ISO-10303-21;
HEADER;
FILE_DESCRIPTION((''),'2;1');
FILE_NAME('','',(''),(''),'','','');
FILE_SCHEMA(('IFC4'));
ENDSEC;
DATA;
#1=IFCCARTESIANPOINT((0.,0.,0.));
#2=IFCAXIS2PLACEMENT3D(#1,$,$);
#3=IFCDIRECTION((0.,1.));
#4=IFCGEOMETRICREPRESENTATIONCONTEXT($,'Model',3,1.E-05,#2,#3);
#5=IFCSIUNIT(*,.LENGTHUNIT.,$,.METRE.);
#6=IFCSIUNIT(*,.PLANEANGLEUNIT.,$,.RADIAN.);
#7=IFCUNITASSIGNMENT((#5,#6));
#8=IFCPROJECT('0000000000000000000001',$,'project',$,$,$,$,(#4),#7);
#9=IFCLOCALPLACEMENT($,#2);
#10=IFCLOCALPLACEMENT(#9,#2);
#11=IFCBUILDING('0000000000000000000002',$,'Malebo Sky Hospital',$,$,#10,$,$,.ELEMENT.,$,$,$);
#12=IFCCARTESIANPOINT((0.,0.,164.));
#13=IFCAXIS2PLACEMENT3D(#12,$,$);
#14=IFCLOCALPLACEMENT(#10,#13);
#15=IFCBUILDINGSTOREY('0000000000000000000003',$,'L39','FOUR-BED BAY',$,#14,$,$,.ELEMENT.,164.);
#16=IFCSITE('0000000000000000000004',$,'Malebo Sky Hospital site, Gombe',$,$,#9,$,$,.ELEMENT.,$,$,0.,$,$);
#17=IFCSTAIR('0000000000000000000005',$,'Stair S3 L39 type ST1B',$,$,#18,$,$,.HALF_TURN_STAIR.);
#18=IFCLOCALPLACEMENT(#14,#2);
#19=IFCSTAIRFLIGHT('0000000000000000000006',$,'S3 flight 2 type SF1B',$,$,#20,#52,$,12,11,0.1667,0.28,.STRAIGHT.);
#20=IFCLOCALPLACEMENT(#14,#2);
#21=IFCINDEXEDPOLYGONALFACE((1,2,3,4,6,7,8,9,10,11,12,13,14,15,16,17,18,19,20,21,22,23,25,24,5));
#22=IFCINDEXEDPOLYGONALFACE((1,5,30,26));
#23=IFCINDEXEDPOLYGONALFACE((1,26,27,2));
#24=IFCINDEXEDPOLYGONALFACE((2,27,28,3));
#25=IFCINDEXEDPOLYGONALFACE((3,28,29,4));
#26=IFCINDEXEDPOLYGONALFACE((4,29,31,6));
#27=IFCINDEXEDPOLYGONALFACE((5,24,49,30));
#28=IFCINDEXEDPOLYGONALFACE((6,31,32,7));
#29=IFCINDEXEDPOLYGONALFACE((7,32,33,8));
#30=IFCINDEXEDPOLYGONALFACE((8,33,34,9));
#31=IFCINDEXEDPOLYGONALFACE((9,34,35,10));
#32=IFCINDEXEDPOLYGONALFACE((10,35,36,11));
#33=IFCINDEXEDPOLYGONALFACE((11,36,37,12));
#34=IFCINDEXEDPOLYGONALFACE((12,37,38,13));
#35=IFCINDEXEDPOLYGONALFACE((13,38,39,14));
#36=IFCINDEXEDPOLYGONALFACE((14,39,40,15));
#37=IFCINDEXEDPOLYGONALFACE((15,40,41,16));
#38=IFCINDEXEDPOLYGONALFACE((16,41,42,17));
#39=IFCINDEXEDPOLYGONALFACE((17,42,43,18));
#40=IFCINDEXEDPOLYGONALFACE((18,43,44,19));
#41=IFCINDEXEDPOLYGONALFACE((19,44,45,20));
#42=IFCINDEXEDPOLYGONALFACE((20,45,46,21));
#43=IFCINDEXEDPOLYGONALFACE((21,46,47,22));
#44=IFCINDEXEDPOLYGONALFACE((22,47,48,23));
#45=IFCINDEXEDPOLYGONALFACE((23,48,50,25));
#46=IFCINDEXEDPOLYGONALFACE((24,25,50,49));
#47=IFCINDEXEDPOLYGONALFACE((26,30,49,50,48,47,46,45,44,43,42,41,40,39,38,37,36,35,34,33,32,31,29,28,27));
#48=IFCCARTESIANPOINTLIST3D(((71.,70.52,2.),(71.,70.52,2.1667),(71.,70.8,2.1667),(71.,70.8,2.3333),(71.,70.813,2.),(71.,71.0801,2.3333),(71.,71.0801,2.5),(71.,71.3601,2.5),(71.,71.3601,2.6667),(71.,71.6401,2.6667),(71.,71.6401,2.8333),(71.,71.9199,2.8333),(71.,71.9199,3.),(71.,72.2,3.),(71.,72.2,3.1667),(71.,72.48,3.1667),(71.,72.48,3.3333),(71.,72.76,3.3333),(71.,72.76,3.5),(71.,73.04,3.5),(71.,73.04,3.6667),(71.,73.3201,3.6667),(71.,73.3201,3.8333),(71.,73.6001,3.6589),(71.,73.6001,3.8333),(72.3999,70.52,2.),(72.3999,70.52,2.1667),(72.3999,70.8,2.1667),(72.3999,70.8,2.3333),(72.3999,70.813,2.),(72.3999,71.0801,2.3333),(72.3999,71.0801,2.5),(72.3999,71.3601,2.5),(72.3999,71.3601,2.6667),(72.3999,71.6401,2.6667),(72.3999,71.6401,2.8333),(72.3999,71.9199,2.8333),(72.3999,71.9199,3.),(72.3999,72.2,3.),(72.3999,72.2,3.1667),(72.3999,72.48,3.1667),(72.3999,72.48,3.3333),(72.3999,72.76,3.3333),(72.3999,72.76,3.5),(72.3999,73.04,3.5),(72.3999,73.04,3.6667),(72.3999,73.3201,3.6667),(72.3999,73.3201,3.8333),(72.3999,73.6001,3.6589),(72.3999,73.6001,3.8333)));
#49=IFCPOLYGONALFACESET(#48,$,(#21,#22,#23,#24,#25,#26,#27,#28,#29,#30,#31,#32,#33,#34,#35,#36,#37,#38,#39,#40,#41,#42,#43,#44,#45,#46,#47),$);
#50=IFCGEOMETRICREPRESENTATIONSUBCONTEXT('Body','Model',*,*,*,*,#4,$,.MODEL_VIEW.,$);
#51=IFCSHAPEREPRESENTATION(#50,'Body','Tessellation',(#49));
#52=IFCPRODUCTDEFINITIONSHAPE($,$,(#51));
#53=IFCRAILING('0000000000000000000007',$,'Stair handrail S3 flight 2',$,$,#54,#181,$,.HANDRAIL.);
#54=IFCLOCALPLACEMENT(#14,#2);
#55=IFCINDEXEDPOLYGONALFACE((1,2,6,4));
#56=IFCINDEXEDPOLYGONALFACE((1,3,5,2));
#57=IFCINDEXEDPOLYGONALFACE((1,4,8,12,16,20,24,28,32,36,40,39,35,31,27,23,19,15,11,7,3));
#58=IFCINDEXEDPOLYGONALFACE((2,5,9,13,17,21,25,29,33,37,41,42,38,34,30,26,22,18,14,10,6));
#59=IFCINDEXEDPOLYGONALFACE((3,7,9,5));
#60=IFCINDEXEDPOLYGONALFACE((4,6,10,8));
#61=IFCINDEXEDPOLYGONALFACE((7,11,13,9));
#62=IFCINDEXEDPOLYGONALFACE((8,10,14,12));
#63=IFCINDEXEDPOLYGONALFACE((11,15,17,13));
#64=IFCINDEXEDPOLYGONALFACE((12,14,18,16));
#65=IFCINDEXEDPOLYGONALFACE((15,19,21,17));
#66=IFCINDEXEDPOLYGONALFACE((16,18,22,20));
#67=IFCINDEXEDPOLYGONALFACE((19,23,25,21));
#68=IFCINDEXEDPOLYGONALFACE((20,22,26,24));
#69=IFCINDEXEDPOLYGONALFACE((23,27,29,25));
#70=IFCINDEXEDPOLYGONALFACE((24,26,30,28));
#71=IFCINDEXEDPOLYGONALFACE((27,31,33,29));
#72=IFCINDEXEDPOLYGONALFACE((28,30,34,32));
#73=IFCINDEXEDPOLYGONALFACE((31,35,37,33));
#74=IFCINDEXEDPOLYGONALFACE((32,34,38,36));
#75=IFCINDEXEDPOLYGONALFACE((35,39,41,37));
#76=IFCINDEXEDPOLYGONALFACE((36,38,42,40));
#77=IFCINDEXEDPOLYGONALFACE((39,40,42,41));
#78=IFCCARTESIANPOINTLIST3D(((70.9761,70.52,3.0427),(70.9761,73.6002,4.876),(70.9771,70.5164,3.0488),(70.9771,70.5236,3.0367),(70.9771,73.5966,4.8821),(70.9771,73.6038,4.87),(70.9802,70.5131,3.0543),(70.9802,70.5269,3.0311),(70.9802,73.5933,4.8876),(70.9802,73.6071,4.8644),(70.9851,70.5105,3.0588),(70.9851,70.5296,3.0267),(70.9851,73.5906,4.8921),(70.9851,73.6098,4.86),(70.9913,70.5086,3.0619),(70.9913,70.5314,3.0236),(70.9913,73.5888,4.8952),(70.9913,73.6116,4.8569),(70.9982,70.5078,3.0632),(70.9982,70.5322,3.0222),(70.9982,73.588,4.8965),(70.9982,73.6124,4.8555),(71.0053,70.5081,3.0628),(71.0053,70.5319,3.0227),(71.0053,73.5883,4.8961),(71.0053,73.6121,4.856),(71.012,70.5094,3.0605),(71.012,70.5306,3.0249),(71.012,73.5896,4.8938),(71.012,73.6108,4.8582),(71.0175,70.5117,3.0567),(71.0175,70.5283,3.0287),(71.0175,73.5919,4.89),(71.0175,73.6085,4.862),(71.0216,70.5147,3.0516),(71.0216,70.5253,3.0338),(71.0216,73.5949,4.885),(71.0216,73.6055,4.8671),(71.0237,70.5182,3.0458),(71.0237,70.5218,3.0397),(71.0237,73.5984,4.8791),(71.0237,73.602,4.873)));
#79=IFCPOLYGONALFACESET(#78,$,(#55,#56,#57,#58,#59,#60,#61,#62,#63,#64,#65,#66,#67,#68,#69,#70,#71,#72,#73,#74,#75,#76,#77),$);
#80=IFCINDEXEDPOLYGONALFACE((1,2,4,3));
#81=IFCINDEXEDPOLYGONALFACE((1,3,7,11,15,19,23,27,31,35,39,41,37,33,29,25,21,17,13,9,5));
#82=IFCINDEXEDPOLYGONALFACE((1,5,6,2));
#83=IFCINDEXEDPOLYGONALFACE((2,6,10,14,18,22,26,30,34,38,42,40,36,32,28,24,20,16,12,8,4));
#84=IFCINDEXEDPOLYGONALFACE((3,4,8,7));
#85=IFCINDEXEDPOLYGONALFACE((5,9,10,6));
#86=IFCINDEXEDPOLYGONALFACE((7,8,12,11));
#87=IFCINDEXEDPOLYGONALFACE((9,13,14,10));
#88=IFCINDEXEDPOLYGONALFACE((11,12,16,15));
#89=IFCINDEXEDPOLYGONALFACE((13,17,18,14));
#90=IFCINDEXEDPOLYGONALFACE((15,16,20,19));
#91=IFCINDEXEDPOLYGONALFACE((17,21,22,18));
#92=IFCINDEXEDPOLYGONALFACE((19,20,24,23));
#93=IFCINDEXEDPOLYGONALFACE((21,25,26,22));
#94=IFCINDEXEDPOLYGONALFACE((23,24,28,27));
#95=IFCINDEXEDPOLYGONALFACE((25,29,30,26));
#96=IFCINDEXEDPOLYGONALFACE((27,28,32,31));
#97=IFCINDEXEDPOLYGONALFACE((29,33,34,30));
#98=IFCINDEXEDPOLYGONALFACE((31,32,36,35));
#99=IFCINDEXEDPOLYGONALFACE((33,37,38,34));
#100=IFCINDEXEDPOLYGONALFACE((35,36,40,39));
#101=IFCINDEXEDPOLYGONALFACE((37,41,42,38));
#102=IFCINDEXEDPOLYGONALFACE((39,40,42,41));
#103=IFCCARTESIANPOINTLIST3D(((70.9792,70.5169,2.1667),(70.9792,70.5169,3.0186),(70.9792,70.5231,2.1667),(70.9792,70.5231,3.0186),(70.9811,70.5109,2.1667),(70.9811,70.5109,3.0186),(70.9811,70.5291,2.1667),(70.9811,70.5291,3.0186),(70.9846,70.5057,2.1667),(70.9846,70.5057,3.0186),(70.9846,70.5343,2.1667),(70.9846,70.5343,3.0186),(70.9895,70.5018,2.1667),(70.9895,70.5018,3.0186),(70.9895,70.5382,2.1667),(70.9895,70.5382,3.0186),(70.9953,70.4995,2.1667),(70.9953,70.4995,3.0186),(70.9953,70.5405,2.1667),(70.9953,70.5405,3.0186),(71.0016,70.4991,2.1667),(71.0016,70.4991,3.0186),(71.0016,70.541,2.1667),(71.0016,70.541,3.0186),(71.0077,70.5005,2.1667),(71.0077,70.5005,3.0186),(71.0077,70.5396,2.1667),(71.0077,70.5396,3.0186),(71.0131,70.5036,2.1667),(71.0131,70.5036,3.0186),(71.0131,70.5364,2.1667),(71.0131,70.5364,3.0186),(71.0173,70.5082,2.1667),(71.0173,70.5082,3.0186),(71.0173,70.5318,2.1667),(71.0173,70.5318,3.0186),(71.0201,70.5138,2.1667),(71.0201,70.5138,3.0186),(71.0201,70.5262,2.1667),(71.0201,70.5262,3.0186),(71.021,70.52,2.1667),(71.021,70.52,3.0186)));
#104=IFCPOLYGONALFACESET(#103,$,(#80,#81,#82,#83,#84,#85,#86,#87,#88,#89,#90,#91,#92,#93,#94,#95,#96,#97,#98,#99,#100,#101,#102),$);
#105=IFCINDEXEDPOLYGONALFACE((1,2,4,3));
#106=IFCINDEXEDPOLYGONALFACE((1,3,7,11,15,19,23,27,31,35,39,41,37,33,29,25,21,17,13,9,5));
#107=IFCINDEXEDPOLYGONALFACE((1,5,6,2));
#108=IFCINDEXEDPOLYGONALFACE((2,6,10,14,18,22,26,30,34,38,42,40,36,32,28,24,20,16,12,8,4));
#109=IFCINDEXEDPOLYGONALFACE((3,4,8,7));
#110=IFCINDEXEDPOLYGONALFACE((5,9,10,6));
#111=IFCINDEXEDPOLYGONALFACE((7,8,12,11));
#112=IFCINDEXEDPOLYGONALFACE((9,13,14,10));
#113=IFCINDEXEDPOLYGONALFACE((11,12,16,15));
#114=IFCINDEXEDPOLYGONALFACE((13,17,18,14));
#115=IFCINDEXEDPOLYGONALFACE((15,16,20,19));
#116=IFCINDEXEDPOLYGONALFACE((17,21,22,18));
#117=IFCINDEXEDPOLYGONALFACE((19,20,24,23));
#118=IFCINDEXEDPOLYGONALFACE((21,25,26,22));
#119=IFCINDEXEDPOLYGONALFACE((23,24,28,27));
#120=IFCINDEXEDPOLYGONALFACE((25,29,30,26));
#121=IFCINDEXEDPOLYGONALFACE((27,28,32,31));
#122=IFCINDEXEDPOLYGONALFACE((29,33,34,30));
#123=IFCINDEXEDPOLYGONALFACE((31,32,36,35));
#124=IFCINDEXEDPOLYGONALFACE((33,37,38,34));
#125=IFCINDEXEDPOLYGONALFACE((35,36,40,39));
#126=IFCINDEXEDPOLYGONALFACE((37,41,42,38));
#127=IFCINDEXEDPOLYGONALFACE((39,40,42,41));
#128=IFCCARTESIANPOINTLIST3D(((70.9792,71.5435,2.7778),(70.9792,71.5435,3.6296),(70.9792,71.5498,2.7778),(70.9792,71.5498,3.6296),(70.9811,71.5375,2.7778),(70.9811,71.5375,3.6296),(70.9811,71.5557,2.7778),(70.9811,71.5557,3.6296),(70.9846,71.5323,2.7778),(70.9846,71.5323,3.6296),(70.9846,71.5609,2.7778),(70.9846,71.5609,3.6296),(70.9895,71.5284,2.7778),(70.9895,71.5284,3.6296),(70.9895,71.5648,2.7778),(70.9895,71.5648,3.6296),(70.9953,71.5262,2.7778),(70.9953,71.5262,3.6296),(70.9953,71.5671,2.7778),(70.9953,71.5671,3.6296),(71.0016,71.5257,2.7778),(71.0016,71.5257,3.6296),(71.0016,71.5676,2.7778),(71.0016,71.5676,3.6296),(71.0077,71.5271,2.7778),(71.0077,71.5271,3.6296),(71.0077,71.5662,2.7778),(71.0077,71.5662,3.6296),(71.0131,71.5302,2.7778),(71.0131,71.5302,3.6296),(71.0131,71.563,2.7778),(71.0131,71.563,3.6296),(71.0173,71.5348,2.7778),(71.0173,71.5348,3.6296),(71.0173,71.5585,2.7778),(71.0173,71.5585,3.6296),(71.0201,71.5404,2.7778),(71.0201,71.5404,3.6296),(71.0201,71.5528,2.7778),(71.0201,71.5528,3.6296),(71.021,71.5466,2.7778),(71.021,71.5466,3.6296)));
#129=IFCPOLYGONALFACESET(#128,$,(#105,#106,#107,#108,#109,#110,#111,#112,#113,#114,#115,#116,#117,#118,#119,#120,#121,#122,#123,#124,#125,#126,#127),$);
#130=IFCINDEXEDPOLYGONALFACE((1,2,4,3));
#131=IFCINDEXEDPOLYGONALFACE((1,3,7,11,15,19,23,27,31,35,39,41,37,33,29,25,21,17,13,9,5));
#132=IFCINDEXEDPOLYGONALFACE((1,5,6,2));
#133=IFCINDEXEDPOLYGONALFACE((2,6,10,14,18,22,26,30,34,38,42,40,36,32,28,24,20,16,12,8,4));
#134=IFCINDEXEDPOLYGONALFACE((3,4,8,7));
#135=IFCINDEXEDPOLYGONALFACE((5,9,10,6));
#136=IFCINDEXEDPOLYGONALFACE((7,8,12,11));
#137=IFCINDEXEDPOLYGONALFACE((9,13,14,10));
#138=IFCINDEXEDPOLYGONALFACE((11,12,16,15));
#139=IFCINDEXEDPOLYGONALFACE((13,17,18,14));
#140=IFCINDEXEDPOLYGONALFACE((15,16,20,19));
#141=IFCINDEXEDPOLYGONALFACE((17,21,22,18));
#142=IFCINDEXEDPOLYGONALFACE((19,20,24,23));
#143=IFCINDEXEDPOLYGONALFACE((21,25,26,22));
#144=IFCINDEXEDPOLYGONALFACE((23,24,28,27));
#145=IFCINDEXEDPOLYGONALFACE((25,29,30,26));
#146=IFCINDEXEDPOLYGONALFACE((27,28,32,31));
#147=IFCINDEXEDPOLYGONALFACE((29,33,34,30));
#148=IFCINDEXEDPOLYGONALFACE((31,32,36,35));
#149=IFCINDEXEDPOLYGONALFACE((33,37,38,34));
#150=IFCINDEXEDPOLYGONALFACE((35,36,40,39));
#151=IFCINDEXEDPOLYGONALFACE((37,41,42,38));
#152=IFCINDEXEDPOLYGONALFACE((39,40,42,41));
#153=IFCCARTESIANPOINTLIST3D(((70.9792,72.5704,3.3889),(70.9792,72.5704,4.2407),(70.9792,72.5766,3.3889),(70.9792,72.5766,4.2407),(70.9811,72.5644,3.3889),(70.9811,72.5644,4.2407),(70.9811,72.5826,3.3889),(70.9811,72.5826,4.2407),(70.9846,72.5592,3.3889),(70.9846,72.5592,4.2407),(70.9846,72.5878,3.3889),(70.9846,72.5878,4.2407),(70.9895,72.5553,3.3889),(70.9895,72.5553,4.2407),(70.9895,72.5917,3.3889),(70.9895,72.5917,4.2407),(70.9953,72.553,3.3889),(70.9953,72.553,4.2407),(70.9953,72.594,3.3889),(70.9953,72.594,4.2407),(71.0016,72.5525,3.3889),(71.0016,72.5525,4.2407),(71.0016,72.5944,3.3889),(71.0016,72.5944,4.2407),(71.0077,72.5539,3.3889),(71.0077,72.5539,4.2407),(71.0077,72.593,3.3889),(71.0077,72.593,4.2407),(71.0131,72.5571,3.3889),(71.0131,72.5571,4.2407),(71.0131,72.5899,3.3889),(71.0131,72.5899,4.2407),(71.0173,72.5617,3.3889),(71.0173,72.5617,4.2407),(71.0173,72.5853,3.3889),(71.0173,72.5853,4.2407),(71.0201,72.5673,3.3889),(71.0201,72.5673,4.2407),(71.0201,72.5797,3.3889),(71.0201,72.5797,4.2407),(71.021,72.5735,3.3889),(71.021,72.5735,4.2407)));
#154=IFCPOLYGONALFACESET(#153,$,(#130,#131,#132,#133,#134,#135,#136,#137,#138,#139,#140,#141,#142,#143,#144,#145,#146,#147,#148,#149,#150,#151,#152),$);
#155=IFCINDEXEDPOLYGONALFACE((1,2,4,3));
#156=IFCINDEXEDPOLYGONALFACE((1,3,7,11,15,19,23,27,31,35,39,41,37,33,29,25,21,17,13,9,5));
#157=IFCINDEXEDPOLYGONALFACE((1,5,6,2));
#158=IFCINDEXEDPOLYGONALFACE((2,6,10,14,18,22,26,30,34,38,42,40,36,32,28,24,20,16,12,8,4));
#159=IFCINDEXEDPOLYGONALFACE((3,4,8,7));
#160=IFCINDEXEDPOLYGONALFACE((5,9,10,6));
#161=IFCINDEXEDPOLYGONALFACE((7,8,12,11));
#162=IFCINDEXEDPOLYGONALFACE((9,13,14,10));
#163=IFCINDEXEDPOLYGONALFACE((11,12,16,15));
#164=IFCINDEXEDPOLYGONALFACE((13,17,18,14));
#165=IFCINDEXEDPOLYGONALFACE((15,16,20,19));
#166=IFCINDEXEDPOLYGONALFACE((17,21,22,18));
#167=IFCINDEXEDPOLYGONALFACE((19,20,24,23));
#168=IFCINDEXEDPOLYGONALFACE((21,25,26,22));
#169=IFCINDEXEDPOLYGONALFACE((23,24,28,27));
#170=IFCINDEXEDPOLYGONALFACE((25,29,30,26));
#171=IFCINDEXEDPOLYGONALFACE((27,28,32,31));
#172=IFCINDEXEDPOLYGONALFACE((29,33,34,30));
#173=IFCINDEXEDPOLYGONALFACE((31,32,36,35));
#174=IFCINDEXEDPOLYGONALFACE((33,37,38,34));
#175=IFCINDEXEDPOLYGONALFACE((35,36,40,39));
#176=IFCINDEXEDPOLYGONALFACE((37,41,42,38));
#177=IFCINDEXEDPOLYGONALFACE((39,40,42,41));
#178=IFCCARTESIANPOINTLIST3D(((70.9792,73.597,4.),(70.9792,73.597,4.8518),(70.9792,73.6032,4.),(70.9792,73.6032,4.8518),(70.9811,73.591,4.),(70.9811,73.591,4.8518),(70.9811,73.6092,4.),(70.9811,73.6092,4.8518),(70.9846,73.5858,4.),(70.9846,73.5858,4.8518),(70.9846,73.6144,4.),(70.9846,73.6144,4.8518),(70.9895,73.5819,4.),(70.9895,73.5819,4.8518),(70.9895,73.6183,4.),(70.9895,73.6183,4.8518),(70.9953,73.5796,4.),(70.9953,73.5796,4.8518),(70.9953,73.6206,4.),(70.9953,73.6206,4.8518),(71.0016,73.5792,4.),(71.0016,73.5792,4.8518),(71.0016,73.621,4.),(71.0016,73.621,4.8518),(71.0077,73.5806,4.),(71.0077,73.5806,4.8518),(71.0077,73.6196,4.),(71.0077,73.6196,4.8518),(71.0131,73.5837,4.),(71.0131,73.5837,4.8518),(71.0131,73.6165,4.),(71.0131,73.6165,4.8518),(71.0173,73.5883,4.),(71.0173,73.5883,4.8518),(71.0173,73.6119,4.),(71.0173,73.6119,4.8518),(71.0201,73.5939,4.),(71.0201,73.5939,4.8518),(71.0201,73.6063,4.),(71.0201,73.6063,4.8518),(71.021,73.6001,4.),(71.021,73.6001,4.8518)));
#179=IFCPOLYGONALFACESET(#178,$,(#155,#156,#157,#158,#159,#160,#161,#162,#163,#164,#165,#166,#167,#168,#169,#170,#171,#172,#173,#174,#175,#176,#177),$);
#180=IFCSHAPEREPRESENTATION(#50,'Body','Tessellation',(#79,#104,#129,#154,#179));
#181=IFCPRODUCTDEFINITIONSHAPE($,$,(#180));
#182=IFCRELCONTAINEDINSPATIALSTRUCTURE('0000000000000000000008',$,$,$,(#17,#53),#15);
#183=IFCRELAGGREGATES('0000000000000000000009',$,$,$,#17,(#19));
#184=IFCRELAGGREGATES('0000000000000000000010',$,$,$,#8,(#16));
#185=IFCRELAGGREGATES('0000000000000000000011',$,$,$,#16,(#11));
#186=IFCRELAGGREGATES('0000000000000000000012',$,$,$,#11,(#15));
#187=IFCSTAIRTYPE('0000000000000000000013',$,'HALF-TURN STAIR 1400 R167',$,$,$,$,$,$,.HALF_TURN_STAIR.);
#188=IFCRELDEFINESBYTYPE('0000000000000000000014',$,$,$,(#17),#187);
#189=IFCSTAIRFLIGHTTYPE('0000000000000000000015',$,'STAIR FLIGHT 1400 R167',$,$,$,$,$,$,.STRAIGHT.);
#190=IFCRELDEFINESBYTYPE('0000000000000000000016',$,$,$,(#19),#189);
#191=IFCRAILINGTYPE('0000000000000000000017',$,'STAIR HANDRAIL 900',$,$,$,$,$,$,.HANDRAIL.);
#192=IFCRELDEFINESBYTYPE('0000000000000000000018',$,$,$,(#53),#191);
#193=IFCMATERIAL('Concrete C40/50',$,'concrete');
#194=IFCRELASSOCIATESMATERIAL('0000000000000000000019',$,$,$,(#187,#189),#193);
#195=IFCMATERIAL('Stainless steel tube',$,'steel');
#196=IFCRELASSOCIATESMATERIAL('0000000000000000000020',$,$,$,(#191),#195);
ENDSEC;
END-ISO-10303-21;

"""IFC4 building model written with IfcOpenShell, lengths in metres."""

from ifc_helpers import new_model, si_unit, direction, frame, origin, origin_2d, place, context, subcontext, project, spatial, polyline, circle, outline, extrude, material, type_object, element, aggregate, save


model = new_model("IFC4")

# Units and contexts
model_context = context("Model", 3, precision=1e-05, world=origin(), true_north=direction((0.0, 1.0)))
body_context = subcontext(model_context, "Body", "Model", "MODEL_VIEW")
ifc_project = project(units=[si_unit("LENGTHUNIT", "METRE"), si_unit("PLANEANGLEUNIT", "RADIAN")], contexts=[model_context])

# Site, building, storey
site_placement = place(None, origin())
site = spatial("IfcSite", under=ifc_project, at=site_placement, Name="Malebo Sky Hospital site, Gombe", CompositionType="ELEMENT", RefElevation=0.0)
building_placement = place(site_placement, origin())
building = spatial("IfcBuilding", under=site, at=building_placement, Name="Malebo Sky Hospital", CompositionType="ELEMENT")
storey_placement = place(building_placement, frame((0.0, 0.0, 164.0)))
storey = spatial("IfcBuildingStorey", under=building, at=storey_placement, Name="L39", Description="FOUR-BED BAY", CompositionType="ELEMENT", Elevation=164.0)

# Shared definitions
ifc_material_1 = material(Name="Concrete C40/50", Category="concrete")

# Stair, stair flight
stair_type = type_object("IfcStairType", Name="HALF-TURN STAIR 1400 R167", PredefinedType="HALF_TURN_STAIR", material=ifc_material_1)
stair_placement = place(storey_placement, origin())
stair = element("IfcStair", 1, at=stair_placement, inside=storey, type_object=stair_type, Name="Stair S3 L39 type ST1B", PredefinedType="HALF_TURN_STAIR")
stair_flight_type = type_object("IfcStairFlightType", Name="STAIR FLIGHT 1400 R167", PredefinedType="STRAIGHT", material=ifc_material_1)
stair_flight_placement = place(storey_placement, frame((71.7, 70.52, 2.0), z_axis=(0.0, 0.0, 1.0), x_axis=(0.0, 1.0, 0.0)))
stair_flight = element("IfcStairFlight", 2, at=stair_flight_placement, type_object=stair_flight_type, Name="S3 flight 2 type SF1B", NumberOfRisers=12, NumberOfTreads=11, PredefinedType="STRAIGHT", RiserHeight=0.1667, TreadLength=0.28, context=body_context, shape_type="SweptSolid", body=[
    extrude(outline(polyline([(0.0, 0.0), (0.0, 0.1667), (0.28, 0.1667), (0.28, 0.3333), (0.5601, 0.3333), (0.5601, 0.5), (0.8401, 0.5), (0.8401, 0.6667), (1.1201, 0.6667), (1.1201, 0.8333), (1.3999, 0.8333), (1.3999, 1.0), (1.6799, 1.0), (1.6799, 1.1667), (1.96, 1.1667), (1.96, 1.3333), (2.24, 1.3333), (2.24, 1.5), (2.52, 1.5), (2.52, 1.6667), (2.8, 1.6667), (2.8, 1.8333), (3.0801, 1.8333), (3.0801, 2.0), (3.0801, 1.6589), (0.293, 0.0), (0.0, 0.0)])), frame((0.0, 0.7, 0.0), z_axis=(0.0, -1.0, 0.0), x_axis=(1.0, 0.0, 0.0)), (0.0, 0.0, 1.0), 1.3999),
])
aggregate(stair, [stair_flight])

# Railing
ifc_material_2 = material(Name="Stainless steel tube", Category="steel")
railing_type = type_object("IfcRailingType", Name="STAIR HANDRAIL 900", PredefinedType="HANDRAIL", material=ifc_material_2)
railing_placement = place(storey_placement, frame((71.0, 70.52, 2.1667)))
element("IfcRailing", 3, at=railing_placement, inside=storey, type_object=railing_type, Name="Stair handrail S3 flight 2", PredefinedType="HANDRAIL", context=body_context, shape_type="SweptSolid", body=[
    extrude(circle(Radius=0.0239, at=origin_2d()), frame((0.0, 0.0, 0.876), z_axis=(0.0, 0.859309, 0.511458), x_axis=(-1.0, 0.0, 0.0)), (0.0, 0.0, 1.0), 3.5845),
    extrude(circle(Radius=0.021, at=origin_2d()), origin(), (0.0, 0.0, 1.0), 0.8518),
    extrude(circle(Radius=0.021, at=origin_2d()), frame((0.0, 1.0266, 0.6111)), (0.0, 0.0, 1.0), 0.8518),
    extrude(circle(Radius=0.021, at=origin_2d()), frame((0.0, 2.0535, 1.2222)), (0.0, 0.0, 1.0), 0.8518),
    extrude(circle(Radius=0.021, at=origin_2d()), frame((0.0, 3.0801, 1.8333)), (0.0, 0.0, 1.0), 0.8518),
])

save(model, "model.ifc")
